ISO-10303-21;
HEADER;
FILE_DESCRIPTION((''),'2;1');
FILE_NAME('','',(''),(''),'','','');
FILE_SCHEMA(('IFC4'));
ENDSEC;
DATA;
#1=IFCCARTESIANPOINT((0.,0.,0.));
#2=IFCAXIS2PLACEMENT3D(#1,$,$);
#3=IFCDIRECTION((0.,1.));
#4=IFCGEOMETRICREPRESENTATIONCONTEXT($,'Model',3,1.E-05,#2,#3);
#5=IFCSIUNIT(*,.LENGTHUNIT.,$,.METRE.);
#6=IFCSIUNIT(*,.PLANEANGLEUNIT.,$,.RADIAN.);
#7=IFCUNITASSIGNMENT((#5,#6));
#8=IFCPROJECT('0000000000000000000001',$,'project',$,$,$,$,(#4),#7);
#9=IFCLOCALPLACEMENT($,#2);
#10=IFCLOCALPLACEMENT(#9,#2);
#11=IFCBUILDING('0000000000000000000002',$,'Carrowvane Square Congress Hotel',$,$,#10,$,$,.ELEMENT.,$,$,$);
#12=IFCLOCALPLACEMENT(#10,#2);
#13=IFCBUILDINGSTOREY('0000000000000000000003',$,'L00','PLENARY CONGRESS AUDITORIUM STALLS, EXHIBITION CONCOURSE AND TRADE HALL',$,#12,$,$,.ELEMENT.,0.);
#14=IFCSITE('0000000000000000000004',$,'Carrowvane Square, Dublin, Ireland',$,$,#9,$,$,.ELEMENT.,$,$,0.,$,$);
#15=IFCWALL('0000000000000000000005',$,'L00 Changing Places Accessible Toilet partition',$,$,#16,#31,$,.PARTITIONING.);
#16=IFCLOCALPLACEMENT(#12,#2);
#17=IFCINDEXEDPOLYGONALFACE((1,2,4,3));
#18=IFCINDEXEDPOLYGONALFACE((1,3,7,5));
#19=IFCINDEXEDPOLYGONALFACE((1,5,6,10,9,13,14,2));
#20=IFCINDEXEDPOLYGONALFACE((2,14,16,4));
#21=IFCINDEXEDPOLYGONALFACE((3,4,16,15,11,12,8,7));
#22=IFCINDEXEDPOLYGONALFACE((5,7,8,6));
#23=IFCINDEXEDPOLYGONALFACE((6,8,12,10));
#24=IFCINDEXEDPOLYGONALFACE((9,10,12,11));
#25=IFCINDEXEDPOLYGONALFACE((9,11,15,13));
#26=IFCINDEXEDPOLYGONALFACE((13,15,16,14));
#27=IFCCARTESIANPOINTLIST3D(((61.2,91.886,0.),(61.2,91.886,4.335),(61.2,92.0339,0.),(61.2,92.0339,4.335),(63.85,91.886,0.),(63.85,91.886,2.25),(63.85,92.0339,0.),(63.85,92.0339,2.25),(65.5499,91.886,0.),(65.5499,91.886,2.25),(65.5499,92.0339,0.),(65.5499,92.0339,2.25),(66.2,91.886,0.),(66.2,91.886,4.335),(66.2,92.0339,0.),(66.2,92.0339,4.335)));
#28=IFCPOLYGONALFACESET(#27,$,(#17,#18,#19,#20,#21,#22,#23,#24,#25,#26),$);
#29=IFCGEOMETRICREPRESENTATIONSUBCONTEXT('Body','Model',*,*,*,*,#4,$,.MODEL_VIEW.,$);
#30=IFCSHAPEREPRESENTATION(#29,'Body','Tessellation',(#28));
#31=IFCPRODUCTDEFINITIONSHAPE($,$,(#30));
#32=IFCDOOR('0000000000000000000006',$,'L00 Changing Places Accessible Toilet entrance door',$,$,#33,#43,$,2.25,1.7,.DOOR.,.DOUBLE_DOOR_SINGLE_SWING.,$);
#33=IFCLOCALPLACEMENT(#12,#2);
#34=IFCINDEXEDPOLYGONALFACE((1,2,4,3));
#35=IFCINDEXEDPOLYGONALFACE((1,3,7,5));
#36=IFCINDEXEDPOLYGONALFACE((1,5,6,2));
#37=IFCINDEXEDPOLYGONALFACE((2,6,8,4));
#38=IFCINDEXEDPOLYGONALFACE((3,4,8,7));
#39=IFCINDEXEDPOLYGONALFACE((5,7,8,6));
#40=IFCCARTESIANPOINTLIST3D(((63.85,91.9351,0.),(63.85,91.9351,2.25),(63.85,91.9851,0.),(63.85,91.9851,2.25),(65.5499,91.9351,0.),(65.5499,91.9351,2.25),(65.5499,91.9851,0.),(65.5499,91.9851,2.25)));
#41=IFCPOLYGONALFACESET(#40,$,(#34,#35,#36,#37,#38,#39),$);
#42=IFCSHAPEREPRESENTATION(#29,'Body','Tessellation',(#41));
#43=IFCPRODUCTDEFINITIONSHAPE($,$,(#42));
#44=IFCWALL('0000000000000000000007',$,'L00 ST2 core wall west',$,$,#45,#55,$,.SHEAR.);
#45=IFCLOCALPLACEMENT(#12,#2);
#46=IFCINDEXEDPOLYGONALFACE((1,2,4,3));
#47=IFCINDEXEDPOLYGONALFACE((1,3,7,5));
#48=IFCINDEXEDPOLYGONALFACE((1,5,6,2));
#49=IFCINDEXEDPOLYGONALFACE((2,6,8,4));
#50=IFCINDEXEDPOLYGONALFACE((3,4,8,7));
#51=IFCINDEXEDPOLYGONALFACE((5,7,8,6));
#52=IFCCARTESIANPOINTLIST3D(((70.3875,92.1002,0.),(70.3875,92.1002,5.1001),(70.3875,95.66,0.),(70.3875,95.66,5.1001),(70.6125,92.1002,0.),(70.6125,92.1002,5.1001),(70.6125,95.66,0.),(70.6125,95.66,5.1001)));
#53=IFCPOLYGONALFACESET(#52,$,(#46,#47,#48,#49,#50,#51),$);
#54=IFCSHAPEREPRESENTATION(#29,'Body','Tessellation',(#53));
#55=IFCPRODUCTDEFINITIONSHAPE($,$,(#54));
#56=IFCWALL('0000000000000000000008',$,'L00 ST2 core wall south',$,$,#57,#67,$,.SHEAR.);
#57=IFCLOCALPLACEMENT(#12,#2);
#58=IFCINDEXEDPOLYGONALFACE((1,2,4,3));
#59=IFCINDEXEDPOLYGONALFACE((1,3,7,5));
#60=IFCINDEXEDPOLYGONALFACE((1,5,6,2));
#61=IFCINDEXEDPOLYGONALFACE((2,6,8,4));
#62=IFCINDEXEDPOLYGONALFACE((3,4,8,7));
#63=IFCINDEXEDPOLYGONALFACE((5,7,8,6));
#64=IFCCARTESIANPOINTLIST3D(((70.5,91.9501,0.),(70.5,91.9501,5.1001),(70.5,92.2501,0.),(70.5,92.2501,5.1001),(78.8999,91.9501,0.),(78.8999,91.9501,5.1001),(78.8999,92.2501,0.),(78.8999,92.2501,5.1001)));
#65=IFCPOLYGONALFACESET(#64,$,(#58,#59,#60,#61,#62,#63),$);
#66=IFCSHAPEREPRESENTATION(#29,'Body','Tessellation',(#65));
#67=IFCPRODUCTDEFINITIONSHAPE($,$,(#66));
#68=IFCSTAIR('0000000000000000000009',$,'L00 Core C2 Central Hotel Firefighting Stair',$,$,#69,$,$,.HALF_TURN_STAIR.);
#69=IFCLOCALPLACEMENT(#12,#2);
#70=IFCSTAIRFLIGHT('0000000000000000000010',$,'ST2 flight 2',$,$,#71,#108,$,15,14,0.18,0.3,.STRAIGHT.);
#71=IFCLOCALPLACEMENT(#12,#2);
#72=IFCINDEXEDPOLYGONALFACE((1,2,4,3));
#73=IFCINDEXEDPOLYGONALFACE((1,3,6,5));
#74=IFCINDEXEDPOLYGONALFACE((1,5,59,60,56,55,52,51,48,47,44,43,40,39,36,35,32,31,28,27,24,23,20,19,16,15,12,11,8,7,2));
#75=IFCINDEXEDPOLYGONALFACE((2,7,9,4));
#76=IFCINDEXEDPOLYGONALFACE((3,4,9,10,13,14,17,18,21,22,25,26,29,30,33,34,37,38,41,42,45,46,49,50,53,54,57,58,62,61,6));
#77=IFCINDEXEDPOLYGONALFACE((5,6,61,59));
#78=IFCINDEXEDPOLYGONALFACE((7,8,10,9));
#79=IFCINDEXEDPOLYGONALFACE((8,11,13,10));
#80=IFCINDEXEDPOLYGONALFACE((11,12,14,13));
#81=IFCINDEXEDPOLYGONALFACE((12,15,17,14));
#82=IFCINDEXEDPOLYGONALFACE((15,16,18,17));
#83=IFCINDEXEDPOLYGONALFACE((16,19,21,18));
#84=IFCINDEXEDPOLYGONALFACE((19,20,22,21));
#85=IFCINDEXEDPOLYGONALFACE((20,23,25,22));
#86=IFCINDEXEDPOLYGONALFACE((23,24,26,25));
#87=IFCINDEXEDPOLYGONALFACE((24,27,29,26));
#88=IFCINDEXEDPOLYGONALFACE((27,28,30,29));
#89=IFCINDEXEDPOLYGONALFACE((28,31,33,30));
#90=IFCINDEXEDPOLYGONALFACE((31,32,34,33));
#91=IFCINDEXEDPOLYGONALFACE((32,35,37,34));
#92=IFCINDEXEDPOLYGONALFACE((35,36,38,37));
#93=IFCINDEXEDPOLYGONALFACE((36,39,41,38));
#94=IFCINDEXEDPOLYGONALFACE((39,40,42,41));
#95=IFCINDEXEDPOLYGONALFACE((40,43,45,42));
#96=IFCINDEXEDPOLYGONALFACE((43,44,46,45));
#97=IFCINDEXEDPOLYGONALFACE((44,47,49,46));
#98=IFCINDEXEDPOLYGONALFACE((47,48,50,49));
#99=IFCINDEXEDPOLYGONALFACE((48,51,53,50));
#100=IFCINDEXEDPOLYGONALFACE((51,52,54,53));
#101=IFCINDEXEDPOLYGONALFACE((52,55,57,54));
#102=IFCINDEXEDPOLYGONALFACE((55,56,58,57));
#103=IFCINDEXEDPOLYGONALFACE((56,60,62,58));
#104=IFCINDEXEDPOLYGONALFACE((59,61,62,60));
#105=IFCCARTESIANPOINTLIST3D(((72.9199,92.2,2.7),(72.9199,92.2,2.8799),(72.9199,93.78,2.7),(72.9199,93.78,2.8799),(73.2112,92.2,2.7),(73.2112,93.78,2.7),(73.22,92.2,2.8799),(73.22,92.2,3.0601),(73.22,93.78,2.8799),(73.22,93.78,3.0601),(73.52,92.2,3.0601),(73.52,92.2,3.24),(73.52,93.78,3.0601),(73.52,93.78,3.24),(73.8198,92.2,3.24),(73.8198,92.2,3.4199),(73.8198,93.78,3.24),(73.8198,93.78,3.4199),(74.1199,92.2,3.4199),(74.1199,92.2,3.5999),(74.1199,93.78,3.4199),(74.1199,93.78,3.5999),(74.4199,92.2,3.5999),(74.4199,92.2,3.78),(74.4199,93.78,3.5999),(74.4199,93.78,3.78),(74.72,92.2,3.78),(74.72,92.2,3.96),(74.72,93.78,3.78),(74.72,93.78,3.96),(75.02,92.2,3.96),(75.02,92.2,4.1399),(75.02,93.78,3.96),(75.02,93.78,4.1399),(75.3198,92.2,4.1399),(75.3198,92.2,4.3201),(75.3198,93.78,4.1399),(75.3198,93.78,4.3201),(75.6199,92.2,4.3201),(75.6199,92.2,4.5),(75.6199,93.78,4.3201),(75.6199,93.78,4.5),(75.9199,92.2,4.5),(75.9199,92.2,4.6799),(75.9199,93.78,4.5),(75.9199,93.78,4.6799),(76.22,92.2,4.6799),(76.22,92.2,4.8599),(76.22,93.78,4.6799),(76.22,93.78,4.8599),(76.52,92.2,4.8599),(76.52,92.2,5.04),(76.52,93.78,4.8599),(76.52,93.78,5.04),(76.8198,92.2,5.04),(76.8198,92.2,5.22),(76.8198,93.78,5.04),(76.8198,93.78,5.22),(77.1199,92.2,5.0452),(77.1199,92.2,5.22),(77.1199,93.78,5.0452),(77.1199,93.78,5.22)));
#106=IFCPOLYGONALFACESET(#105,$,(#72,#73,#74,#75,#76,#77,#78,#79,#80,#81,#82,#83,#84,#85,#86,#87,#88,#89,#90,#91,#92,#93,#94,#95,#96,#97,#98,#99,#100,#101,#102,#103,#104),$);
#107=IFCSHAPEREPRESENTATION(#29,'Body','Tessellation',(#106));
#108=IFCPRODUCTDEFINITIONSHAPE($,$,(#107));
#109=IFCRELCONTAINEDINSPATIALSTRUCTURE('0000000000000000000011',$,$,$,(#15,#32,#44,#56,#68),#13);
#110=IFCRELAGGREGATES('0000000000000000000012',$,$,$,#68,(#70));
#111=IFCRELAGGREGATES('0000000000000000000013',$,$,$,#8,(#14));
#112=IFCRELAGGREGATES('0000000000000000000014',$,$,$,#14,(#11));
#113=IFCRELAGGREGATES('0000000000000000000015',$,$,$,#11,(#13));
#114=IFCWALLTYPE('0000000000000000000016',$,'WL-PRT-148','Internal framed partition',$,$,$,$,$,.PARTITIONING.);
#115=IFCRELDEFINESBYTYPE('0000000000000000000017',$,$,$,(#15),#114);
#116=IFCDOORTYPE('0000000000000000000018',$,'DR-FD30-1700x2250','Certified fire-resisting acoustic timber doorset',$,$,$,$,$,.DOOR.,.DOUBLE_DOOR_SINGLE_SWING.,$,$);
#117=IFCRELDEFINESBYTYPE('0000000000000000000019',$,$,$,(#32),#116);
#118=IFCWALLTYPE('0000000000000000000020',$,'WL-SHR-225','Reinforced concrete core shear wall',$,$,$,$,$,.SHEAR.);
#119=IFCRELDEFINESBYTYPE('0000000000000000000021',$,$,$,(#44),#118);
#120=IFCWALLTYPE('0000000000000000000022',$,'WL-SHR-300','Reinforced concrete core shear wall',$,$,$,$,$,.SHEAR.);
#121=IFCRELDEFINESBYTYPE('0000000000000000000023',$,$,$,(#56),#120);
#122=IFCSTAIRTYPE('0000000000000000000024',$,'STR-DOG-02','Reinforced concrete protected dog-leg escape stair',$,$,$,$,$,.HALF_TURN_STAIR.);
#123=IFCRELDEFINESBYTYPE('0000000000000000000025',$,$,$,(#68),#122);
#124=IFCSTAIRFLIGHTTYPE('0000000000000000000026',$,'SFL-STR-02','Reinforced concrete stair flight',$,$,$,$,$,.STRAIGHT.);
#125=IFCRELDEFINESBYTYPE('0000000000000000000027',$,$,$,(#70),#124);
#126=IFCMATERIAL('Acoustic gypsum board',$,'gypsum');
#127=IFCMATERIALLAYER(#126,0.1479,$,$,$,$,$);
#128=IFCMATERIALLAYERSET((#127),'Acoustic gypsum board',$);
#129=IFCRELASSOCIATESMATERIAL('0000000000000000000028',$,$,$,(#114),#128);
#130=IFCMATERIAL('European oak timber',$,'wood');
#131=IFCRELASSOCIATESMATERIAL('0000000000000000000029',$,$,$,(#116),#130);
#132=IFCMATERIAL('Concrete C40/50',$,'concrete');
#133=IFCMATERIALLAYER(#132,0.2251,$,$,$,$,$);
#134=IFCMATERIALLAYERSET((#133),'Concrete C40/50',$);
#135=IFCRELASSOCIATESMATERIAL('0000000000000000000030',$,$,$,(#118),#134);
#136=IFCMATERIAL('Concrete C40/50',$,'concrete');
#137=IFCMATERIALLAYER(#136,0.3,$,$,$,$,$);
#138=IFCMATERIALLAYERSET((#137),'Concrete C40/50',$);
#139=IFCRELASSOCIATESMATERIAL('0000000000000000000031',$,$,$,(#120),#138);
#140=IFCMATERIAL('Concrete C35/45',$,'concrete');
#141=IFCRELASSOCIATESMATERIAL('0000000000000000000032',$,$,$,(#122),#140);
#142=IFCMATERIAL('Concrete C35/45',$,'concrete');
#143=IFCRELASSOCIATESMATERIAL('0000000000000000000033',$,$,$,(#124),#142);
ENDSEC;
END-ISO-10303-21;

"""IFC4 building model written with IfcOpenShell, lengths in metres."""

from ifc_helpers import new_model, si_unit, direction, frame, frame_2d, origin, place, context, subcontext, project, spatial, polyline, rectangle, outline, extrude, material, layer, layer_set, type_object, element, fill, aggregate, save


model = new_model("IFC4")

# Units and contexts
model_context = context("Model", 3, precision=1e-05, world=origin(), true_north=direction((0.0, 1.0)))
body_context = subcontext(model_context, "Body", "Model", "MODEL_VIEW")
ifc_project = project(units=[si_unit("LENGTHUNIT", "METRE"), si_unit("PLANEANGLEUNIT", "RADIAN")], contexts=[model_context])

# Site, building, storey
site_placement = place(None, origin())
site = spatial("IfcSite", under=ifc_project, at=site_placement, Name="Carrowvane Square, Dublin, Ireland", CompositionType="ELEMENT", RefElevation=0.0)
building_placement = place(site_placement, origin())
building = spatial("IfcBuilding", under=site, at=building_placement, Name="Carrowvane Square Congress Hotel", CompositionType="ELEMENT")
storey_placement = place(building_placement, origin())
storey = spatial("IfcBuildingStorey", under=building, at=storey_placement, Name="L00", Description="PLENARY CONGRESS AUDITORIUM STALLS, EXHIBITION CONCOURSE AND TRADE HALL", CompositionType="ELEMENT", Elevation=0.0)

# Wall, opening, door
ifc_material_1 = material(Name="Acoustic gypsum board", Category="gypsum")
ifc_layer_1 = layer(ifc_material_1, 0.1479)
ifc_layer_set_1 = layer_set([ifc_layer_1], Name="Acoustic gypsum board")
wall_type_1 = type_object("IfcWallType", Name="WL-PRT-148", Description="Internal framed partition", PredefinedType="PARTITIONING", material=ifc_layer_set_1)
wall_1_placement = place(storey_placement, frame((66.2, 91.96, 0.0), z_axis=(0.0, 0.0, 1.0), x_axis=(-1.0, 0.0, 0.0)))
wall_1 = element("IfcWall", 1, at=wall_1_placement, inside=storey, type_object=wall_type_1, Name="L00 Changing Places Accessible Toilet partition", PredefinedType="PARTITIONING", context=body_context, shape_type="SweptSolid", body=[
    extrude(rectangle(XDim=5.0, YDim=0.1479, at=frame_2d((2.5, 0.0))), origin(), (0.0, 0.0, 1.0), 4.335),
])
opening_1_placement = place(wall_1_placement, frame((0.6499, 0.0, 0.0)))
opening_1 = element("IfcOpeningElement", 2, at=opening_1_placement, cuts=wall_1, PredefinedType="OPENING", context=body_context, shape_type="SweptSolid", body=[
    extrude(rectangle(XDim=1.7, YDim=2.25, at=frame_2d((0.8501, 1.125))), frame((0.0, 0.084, 0.0), z_axis=(0.0, -1.0, 0.0), x_axis=(1.0, 0.0, 0.0)), (0.0, 0.0, 1.0), 0.168),
])
ifc_material_2 = material(Name="European oak timber", Category="wood")
door_type_1 = type_object("IfcDoorType", Name="DR-FD30-1700x2250", Description="Certified fire-resisting acoustic timber doorset", OperationType="DOUBLE_DOOR_SINGLE_SWING", PredefinedType="DOOR", material=ifc_material_2)
door_1_placement = place(opening_1_placement, origin())
door_1 = element("IfcDoor", 3, at=door_1_placement, inside=storey, type_object=door_type_1, Name="L00 Changing Places Accessible Toilet entrance door", OperationType="DOUBLE_DOOR_SINGLE_SWING", OverallHeight=2.25, OverallWidth=1.7, PredefinedType="DOOR", context=body_context, shape_type="SweptSolid", body=[
    extrude(rectangle(XDim=1.7, YDim=2.25, at=frame_2d((0.8501, 1.125))), frame((0.0, 0.0249, 0.0), z_axis=(0.0, -1.0, 0.0), x_axis=(1.0, 0.0, 0.0)), (0.0, 0.0, 1.0), 0.05),
])
fill(opening_1, door_1)

# Walls
ifc_material_3 = material(Name="Concrete C40/50", Category="concrete")
ifc_layer_2 = layer(ifc_material_3, 0.2251)
ifc_layer_set_2 = layer_set([ifc_layer_2], Name="Concrete C40/50")
wall_type_2 = type_object("IfcWallType", Name="WL-SHR-225", Description="Reinforced concrete core shear wall", PredefinedType="SHEAR", material=ifc_layer_set_2)
wall_2_placement = place(storey_placement, frame((70.5, 95.6599, 0.0), z_axis=(0.0, 0.0, 1.0), x_axis=(0.0, -1.0, 0.0)))
element("IfcWall", 4, at=wall_2_placement, inside=storey, type_object=wall_type_2, Name="L00 ST2 core wall west", PredefinedType="SHEAR", context=body_context, shape_type="SweptSolid", body=[
    extrude(rectangle(XDim=3.5598, YDim=0.2251, at=frame_2d((1.7798, 0.0))), origin(), (0.0, 0.0, 1.0), 5.1001),
])
ifc_material_4 = material(Name="Concrete C40/50", Category="concrete")
ifc_layer_3 = layer(ifc_material_4, 0.3)
ifc_layer_set_3 = layer_set([ifc_layer_3], Name="Concrete C40/50")
wall_type_3 = type_object("IfcWallType", Name="WL-SHR-300", Description="Reinforced concrete core shear wall", PredefinedType="SHEAR", material=ifc_layer_set_3)
wall_3_placement = place(storey_placement, frame((70.5, 92.1001, 0.0), z_axis=(0.0, 0.0, 1.0), x_axis=(1.0, 0.0, 0.0)))
element("IfcWall", 5, at=wall_3_placement, inside=storey, type_object=wall_type_3, Name="L00 ST2 core wall south", PredefinedType="SHEAR", context=body_context, shape_type="SweptSolid", body=[
    extrude(rectangle(XDim=8.3999, YDim=0.3, at=frame_2d((4.2, 0.0))), origin(), (0.0, 0.0, 1.0), 5.1001),
])

# Stair, stair flight
ifc_material_5 = material(Name="Concrete C35/45", Category="concrete")
stair_type = type_object("IfcStairType", Name="STR-DOG-02", Description="Reinforced concrete protected dog-leg escape stair", PredefinedType="HALF_TURN_STAIR", material=ifc_material_5)
stair_placement = place(storey_placement, origin())
stair = element("IfcStair", 6, at=stair_placement, inside=storey, type_object=stair_type, Name="L00 Core C2 Central Hotel Firefighting Stair", PredefinedType="HALF_TURN_STAIR")
ifc_material_6 = material(Name="Concrete C35/45", Category="concrete")
stair_flight_type = type_object("IfcStairFlightType", Name="SFL-STR-02", Description="Reinforced concrete stair flight", PredefinedType="STRAIGHT", material=ifc_material_6)
stair_flight_placement = place(storey_placement, frame((72.9199, 92.99, 2.7), z_axis=(0.0, 0.0, 1.0), x_axis=(1.0, 0.0, 0.0)))
stair_flight = element("IfcStairFlight", 7, at=stair_flight_placement, type_object=stair_flight_type, Name="ST2 flight 2", NumberOfRisers=15, NumberOfTreads=14, PredefinedType="STRAIGHT", RiserHeight=0.18, TreadLength=0.3, context=body_context, shape_type="SweptSolid", body=[
    extrude(outline(polyline([(0.0, 0.0), (0.0, 0.1799), (0.3, 0.1799), (0.3, 0.3601), (0.6001, 0.3601), (0.6001, 0.54), (0.8999, 0.54), (0.8999, 0.72), (1.2, 0.72), (1.2, 0.8999), (1.5, 0.8999), (1.5, 1.0801), (1.8, 1.0801), (1.8, 1.26), (2.1001, 1.26), (2.1001, 1.4399), (2.3999, 1.4399), (2.3999, 1.6201), (2.7, 1.6201), (2.7, 1.8), (3.0, 1.8), (3.0, 1.98), (3.3, 1.98), (3.3, 2.1599), (3.6001, 2.1599), (3.6001, 2.3401), (3.8999, 2.3401), (3.8999, 2.52), (4.2, 2.52), (4.2, 2.7), (4.2, 2.3452), (0.2913, 0.0), (0.0, 0.0)])), frame((0.0, 0.79, 0.0), z_axis=(0.0, -1.0, 0.0), x_axis=(1.0, 0.0, 0.0)), (0.0, 0.0, 1.0), 1.5801),
])
aggregate(stair, [stair_flight])

save(model, "model.ifc")
